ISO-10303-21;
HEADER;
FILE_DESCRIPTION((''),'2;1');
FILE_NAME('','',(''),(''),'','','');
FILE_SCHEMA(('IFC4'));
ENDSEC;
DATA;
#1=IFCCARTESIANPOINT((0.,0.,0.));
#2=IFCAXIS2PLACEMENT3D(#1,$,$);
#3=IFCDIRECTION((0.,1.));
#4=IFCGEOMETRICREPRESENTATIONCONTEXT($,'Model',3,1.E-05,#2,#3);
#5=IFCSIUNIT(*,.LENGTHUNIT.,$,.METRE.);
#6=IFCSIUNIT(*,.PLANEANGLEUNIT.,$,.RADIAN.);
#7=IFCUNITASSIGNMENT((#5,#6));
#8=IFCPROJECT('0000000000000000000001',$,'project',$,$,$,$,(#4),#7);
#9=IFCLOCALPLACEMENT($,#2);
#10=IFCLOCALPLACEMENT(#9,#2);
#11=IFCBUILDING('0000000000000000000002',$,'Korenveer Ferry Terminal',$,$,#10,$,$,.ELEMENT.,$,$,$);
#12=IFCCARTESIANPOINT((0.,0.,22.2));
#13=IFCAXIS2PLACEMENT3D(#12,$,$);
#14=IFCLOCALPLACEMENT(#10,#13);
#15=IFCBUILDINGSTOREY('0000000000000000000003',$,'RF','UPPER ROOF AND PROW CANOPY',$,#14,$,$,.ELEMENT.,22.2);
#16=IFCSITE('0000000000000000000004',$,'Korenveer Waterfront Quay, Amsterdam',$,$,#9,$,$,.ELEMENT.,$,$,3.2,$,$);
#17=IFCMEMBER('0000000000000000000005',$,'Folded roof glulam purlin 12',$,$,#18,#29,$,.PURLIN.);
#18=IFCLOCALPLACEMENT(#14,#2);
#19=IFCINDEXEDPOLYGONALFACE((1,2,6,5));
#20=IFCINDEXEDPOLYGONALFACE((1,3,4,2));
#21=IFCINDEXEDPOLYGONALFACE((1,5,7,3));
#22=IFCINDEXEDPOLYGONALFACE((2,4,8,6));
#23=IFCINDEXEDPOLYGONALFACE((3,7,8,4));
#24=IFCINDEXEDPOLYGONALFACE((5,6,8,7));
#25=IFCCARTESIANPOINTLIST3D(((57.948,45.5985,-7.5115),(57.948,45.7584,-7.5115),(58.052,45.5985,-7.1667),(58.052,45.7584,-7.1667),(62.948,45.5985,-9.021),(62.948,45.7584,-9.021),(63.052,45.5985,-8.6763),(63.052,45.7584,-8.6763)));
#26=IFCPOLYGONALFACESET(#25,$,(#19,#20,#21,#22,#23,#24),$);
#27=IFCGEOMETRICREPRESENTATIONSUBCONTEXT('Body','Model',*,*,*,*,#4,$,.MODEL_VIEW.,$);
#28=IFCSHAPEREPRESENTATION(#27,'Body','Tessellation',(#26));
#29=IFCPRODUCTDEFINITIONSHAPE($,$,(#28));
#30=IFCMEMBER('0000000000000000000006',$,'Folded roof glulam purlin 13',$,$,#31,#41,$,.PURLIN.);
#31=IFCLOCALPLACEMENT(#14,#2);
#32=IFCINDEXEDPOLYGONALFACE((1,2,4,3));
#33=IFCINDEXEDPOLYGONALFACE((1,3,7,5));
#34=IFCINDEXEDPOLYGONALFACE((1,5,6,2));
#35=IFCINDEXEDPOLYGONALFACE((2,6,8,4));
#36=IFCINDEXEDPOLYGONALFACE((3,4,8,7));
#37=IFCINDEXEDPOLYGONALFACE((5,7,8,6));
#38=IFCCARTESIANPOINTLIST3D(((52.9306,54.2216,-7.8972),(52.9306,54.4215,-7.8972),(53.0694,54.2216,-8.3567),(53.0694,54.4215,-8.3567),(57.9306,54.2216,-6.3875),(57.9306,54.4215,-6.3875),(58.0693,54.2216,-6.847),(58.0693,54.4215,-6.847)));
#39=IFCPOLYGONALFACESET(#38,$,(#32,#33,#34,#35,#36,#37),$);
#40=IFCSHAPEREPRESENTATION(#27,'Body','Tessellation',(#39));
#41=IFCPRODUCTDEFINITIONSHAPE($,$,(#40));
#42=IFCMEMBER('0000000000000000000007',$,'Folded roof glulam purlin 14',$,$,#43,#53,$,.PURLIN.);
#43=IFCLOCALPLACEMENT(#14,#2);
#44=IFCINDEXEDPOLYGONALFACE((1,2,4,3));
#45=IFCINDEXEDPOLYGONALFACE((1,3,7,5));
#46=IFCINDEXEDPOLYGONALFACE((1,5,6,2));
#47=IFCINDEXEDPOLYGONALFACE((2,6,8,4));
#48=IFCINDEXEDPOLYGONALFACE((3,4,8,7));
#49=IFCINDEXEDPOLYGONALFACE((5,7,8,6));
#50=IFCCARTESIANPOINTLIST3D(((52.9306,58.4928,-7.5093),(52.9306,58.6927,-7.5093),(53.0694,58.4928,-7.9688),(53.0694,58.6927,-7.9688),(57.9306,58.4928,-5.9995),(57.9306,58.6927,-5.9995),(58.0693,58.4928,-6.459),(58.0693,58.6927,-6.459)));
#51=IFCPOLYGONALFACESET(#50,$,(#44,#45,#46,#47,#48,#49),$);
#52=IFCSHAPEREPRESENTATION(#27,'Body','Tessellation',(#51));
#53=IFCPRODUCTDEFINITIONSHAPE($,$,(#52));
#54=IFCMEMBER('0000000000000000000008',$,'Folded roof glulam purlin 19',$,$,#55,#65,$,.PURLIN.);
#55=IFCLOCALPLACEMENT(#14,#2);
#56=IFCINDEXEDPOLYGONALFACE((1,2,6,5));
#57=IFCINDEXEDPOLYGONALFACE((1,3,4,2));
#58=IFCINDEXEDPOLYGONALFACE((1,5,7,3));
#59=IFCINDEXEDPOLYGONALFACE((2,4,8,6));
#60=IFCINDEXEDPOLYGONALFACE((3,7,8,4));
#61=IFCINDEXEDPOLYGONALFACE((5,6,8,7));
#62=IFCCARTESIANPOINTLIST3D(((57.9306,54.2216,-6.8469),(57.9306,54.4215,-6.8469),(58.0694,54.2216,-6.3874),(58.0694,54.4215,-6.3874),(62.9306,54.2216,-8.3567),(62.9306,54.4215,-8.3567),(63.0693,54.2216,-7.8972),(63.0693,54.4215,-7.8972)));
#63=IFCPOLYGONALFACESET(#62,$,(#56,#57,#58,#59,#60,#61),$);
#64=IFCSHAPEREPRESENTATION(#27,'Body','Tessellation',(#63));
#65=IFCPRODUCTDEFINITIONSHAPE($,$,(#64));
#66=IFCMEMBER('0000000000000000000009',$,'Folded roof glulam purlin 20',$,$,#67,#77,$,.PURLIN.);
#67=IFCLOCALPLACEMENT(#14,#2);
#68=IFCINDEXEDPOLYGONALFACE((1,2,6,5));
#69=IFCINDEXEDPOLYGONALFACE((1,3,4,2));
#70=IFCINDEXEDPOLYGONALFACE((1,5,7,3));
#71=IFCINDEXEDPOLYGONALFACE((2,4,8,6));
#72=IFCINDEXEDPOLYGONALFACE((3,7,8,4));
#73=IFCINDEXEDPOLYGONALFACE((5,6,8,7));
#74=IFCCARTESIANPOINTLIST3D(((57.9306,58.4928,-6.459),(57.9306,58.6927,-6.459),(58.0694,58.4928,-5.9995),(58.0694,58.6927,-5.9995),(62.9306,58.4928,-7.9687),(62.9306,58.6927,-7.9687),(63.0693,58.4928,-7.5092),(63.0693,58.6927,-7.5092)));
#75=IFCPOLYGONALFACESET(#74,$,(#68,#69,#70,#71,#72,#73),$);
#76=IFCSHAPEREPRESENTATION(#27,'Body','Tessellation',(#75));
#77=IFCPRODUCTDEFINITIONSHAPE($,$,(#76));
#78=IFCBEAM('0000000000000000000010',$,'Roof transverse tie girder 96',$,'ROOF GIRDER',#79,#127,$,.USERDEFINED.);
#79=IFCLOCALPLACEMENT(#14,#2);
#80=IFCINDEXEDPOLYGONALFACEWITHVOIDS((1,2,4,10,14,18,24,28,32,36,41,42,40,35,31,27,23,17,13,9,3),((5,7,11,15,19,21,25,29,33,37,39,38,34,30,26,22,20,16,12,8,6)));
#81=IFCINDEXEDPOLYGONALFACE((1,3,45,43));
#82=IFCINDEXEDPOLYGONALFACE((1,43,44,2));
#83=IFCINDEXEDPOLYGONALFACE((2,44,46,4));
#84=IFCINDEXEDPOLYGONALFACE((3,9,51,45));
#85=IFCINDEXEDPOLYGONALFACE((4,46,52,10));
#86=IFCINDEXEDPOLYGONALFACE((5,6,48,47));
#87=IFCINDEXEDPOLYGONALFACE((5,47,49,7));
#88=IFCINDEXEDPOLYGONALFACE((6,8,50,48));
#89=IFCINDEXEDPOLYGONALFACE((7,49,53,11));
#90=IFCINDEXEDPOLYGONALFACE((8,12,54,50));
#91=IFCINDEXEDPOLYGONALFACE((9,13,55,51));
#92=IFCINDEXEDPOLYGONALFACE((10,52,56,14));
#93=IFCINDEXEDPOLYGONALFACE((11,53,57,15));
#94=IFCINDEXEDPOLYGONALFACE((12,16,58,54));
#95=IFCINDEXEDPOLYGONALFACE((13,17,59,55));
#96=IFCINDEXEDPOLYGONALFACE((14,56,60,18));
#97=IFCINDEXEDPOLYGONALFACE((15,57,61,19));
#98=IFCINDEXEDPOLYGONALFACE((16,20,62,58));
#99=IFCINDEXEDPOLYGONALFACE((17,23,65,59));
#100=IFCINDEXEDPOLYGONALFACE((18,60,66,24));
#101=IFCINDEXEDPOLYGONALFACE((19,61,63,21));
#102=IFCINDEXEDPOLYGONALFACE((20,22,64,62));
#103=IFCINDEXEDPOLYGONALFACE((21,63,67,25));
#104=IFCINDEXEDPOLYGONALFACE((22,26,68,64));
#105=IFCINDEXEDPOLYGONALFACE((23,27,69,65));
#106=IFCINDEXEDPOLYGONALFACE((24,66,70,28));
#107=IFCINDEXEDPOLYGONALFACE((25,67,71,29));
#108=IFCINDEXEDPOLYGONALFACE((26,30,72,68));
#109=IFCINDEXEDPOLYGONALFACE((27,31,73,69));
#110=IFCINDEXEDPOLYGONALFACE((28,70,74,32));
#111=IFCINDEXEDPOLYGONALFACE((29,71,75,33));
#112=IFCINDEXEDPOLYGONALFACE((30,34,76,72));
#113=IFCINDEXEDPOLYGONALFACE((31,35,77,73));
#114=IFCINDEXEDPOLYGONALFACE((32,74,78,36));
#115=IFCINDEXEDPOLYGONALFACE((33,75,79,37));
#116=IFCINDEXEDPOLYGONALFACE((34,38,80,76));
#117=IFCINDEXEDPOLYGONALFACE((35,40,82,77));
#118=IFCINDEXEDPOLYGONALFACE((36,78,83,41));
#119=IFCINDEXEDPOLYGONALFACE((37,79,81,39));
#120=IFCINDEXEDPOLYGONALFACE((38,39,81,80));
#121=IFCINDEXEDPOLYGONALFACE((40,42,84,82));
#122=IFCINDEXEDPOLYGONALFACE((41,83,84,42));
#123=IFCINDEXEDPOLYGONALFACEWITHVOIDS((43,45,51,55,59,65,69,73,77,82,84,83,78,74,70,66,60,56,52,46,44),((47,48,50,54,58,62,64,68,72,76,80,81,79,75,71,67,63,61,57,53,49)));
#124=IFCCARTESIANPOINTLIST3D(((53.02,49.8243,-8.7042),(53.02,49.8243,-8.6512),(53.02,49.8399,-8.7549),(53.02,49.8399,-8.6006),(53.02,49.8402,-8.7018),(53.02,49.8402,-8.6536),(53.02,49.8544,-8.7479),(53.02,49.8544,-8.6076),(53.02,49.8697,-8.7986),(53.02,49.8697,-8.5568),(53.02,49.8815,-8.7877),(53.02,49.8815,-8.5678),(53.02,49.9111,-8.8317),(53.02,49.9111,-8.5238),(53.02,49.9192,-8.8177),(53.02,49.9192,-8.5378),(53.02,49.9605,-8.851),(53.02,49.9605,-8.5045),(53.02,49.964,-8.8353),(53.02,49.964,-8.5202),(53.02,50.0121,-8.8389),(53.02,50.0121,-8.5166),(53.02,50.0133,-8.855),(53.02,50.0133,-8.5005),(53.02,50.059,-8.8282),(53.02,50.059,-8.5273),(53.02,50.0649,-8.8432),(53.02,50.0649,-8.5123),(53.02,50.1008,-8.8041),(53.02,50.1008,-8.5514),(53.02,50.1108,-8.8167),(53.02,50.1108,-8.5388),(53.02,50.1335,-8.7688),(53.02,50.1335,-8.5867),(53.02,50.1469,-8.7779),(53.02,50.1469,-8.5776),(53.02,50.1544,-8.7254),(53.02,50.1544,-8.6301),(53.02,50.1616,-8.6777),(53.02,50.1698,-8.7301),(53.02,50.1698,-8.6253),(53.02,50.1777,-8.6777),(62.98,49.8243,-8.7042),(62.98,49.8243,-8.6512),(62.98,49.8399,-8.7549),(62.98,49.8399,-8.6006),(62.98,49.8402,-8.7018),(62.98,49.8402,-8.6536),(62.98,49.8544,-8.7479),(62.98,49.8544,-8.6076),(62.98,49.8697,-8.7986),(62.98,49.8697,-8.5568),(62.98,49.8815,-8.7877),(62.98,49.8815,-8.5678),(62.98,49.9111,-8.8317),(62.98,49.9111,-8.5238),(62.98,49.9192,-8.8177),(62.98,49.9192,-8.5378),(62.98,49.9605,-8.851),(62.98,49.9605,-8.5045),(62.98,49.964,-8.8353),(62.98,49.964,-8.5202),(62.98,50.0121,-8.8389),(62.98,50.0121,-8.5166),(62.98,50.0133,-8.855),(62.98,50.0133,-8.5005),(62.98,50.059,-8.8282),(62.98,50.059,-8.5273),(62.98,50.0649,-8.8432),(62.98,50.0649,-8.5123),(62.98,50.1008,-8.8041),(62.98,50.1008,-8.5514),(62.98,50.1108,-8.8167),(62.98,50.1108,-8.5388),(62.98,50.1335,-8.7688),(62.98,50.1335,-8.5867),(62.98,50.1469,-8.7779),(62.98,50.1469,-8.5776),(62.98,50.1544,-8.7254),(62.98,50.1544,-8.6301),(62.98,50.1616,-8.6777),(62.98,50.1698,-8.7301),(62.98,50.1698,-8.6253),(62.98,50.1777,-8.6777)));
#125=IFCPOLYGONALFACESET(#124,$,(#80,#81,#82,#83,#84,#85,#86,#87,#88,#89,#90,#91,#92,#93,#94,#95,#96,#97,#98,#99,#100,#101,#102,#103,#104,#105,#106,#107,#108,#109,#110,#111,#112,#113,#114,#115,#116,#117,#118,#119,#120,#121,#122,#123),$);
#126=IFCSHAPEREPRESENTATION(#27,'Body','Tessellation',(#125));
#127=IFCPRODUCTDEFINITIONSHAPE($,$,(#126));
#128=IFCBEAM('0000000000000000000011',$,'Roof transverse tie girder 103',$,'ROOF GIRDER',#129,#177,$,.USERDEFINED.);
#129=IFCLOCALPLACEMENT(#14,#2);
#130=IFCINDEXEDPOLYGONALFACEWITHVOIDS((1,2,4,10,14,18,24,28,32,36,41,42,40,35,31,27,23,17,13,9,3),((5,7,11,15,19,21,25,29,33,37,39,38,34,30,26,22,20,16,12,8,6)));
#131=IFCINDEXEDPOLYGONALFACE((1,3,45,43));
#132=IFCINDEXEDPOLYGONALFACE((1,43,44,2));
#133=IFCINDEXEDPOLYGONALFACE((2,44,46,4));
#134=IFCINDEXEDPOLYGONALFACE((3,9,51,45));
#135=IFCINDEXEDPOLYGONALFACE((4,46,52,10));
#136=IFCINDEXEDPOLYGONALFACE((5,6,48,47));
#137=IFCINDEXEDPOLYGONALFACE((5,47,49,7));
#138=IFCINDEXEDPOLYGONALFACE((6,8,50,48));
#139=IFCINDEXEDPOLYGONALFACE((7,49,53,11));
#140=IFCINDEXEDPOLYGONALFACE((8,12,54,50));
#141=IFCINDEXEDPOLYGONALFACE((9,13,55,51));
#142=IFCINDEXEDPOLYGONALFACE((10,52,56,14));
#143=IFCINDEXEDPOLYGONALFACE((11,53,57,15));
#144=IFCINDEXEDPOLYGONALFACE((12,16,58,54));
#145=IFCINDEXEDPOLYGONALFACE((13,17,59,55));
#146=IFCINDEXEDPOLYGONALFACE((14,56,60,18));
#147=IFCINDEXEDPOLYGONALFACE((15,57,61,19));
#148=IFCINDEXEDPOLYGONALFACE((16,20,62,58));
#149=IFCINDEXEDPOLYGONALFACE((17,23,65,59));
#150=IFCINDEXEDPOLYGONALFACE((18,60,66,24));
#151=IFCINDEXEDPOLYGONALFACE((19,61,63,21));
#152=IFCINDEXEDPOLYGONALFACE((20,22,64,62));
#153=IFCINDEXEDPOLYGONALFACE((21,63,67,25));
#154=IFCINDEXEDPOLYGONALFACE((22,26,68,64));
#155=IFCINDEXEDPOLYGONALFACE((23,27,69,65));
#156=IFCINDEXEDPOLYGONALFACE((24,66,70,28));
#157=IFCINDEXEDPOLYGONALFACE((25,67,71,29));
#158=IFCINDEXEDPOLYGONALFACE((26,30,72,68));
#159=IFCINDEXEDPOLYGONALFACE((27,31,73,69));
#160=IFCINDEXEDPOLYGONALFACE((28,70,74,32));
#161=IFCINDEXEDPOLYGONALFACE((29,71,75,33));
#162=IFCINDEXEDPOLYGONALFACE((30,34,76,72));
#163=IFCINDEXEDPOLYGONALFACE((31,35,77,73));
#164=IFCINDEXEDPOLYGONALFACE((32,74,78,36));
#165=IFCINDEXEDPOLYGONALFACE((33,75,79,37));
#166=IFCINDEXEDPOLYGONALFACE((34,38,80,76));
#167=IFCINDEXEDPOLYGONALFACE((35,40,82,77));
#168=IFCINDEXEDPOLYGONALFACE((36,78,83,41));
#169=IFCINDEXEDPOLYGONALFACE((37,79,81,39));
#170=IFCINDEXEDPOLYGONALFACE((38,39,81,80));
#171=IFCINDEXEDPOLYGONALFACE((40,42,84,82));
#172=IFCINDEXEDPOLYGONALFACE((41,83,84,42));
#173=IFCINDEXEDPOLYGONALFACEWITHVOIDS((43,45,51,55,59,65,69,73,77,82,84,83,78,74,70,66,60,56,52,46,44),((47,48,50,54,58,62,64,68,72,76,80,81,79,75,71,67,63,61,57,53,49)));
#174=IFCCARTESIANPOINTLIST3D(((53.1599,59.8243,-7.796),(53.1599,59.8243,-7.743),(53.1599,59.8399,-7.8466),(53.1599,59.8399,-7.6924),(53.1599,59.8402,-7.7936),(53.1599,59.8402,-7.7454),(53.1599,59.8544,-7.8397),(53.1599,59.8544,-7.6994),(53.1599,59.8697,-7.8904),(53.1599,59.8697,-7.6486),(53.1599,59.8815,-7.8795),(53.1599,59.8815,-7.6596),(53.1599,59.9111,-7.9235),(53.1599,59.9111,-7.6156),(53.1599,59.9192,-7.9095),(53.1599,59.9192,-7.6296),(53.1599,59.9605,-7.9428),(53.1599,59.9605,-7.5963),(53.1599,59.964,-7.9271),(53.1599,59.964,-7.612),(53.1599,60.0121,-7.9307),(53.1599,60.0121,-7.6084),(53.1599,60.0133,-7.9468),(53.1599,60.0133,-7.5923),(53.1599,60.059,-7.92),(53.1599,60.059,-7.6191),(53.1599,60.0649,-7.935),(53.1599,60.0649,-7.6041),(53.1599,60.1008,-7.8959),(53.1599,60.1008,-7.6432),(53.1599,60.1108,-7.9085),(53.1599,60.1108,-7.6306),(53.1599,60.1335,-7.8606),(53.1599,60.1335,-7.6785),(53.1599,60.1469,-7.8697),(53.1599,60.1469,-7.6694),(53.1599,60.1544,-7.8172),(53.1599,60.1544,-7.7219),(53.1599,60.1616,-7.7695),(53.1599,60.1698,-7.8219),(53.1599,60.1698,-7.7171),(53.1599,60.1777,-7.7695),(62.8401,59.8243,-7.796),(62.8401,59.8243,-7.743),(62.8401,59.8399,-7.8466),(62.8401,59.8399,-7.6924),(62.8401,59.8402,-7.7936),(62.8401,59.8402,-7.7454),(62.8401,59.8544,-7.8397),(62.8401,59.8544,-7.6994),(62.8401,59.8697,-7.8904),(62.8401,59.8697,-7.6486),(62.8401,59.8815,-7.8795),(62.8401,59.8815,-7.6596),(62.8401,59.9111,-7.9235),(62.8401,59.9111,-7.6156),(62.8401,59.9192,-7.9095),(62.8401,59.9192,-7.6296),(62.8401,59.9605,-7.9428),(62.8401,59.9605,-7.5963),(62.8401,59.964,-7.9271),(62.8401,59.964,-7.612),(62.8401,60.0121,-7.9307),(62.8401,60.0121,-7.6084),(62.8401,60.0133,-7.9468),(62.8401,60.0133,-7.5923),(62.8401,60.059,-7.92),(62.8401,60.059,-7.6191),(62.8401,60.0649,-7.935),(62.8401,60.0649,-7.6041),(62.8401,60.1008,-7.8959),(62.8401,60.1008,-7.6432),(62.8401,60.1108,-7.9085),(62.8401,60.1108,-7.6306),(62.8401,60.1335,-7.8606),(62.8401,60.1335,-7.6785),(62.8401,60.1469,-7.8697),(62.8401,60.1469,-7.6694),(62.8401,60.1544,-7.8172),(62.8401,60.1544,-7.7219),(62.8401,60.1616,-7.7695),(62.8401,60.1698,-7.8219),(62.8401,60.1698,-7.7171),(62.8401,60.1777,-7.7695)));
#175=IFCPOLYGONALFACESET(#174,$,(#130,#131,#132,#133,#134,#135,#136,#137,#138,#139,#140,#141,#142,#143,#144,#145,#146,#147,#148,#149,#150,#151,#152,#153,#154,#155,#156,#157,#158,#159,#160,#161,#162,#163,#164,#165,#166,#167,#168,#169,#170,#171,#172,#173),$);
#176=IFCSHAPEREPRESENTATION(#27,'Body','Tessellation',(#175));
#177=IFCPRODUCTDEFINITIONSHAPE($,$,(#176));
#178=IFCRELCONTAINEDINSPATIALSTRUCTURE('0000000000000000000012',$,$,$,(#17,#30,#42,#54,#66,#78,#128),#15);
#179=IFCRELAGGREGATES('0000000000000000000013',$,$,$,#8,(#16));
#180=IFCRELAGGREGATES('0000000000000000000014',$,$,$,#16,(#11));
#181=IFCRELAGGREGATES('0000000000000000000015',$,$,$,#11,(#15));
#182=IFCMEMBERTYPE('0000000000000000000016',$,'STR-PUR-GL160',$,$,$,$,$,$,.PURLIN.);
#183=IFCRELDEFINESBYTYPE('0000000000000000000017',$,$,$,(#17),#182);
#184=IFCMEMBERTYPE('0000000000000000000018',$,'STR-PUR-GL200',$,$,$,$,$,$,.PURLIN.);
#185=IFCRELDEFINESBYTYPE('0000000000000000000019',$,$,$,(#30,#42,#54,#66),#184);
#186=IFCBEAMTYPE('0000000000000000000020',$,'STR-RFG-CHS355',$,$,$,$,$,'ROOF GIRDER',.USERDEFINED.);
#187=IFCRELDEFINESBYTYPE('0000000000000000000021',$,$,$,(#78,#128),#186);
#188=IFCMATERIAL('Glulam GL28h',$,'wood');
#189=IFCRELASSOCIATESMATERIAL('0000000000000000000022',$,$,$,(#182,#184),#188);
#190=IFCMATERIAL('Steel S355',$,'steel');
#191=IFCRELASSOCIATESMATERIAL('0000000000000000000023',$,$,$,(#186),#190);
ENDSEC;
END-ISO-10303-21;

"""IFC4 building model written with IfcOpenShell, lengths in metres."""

from ifc_helpers import new_model, si_unit, direction, frame, origin, origin_2d, place, context, subcontext, project, spatial, rectangle, hollow_circle, extrude, material, material_profile, profile_set, type_object, element, save


model = new_model("IFC4")

# Units and contexts
model_context = context("Model", 3, precision=1e-05, world=origin(), true_north=direction((0.0, 1.0)))
body_context = subcontext(model_context, "Body", "Model", "MODEL_VIEW")
ifc_project = project(units=[si_unit("LENGTHUNIT", "METRE"), si_unit("PLANEANGLEUNIT", "RADIAN")], contexts=[model_context])

# Site, building, storey
site_placement = place(None, origin())
site = spatial("IfcSite", under=ifc_project, at=site_placement, Name="Korenveer Waterfront Quay, Amsterdam", CompositionType="ELEMENT", RefElevation=3.2)
building_placement = place(site_placement, origin())
building = spatial("IfcBuilding", under=site, at=building_placement, Name="Korenveer Ferry Terminal", CompositionType="ELEMENT")
storey_placement = place(building_placement, frame((0.0, 0.0, 22.2)))
storey = spatial("IfcBuildingStorey", under=building, at=storey_placement, Name="RF", Description="UPPER ROOF AND PROW CANOPY", CompositionType="ELEMENT", Elevation=22.2)

# Shared definitions
ifc_material_1 = material(Name="Steel S355", Category="steel")

# Members
ifc_material_2 = material(Name="Glulam GL28h", Category="wood")
ifc_material_profile_1 = material_profile(ifc_material_2, rectangle(XDim=0.1599, YDim=0.3601, at=origin_2d()), Name="GL 160x360")
ifc_profile_set_1 = profile_set([ifc_material_profile_1], Name="Glulam GL28h")
member_type_1 = type_object("IfcMemberType", Name="STR-PUR-GL160", PredefinedType="PURLIN", material=ifc_profile_set_1)
member_1_placement = place(storey_placement, frame((58.0, 45.6785, -7.3391), z_axis=(0.957323, 0.0, -0.28902), x_axis=(0.0, 1.0, 0.0)))
element("IfcMember", 1, at=member_1_placement, inside=storey, type_object=member_type_1, Name="Folded roof glulam purlin 12", PredefinedType="PURLIN", context=body_context, shape_type="SweptSolid", body=[
    extrude(rectangle(XDim=0.1599, YDim=0.3601, at=origin_2d()), origin(), (0.0, 0.0, 1.0), 5.2229),
])
ifc_material_profile_2 = material_profile(ifc_material_2, rectangle(XDim=0.2, YDim=0.48, at=origin_2d()), Name="GL 200x480")
ifc_profile_set_2 = profile_set([ifc_material_profile_2], Name="Glulam GL28h")
member_type_2 = type_object("IfcMemberType", Name="STR-PUR-GL200", PredefinedType="PURLIN", material=ifc_profile_set_2)
for number, where, z_axis, x_axis, name in (
    (2, (53.0, 54.3215, -8.127), (0.95731, 0.0, 0.289063), (0.0, 1.0, 0.0), "Folded roof glulam purlin 13"),
    (3, (53.0, 58.5928, -7.739), (0.95731, 0.0, 0.289063), (0.0, 1.0, 0.0), "Folded roof glulam purlin 14"),
    (4, (58.0, 54.3215, -6.6172), (0.95731, 0.0, -0.289063), (0.0, 1.0, 0.0), "Folded roof glulam purlin 19"),
    (5, (58.0, 58.5928, -6.2292), (0.95731, 0.0, -0.289063), (0.0, 1.0, 0.0), "Folded roof glulam purlin 20"),
):
    element("IfcMember", number, at=place(storey_placement, frame(where, z_axis=z_axis, x_axis=x_axis)), inside=storey, type_object=member_type_2, Name=name, PredefinedType="PURLIN", context=body_context, shape_type="SweptSolid", body=[
        extrude(rectangle(XDim=0.2, YDim=0.48, at=origin_2d()), origin(), (0.0, 0.0, 1.0), 5.2229),
    ])

# Beams
ifc_material_profile_3 = material_profile(ifc_material_1, hollow_circle(Radius=0.1777, WallThickness=0.0161, at=origin_2d()), Name="CHS 355.6x16")
ifc_profile_set_3 = profile_set([ifc_material_profile_3], Name="Steel S355")
beam_type_1 = type_object("IfcBeamType", Name="STR-RFG-CHS355", ElementType="ROOF GIRDER", PredefinedType="USERDEFINED", material=ifc_profile_set_3)
beam_1_placement = place(storey_placement, frame((53.02, 50.0, -8.6777), z_axis=(1.0, 0.0, 0.0), x_axis=(0.0, 1.0, 0.0)))
element("IfcBeam", 6, at=beam_1_placement, inside=storey, type_object=beam_type_1, Name="Roof transverse tie girder 96", ObjectType="ROOF GIRDER", PredefinedType="USERDEFINED", context=body_context, shape_type="SweptSolid", body=[
    extrude(hollow_circle(Radius=0.1777, WallThickness=0.0161, at=origin_2d()), origin(), (0.0, 0.0, 1.0), 9.96),
])
beam_2_placement = place(storey_placement, frame((53.1599, 60.0, -7.7695), z_axis=(1.0, 0.0, 0.0), x_axis=(0.0, 1.0, 0.0)))
element("IfcBeam", 7, at=beam_2_placement, inside=storey, type_object=beam_type_1, Name="Roof transverse tie girder 103", ObjectType="ROOF GIRDER", PredefinedType="USERDEFINED", context=body_context, shape_type="SweptSolid", body=[
    extrude(hollow_circle(Radius=0.1777, WallThickness=0.0161, at=origin_2d()), origin(), (0.0, 0.0, 1.0), 9.6802),
])

save(model, "model.ifc")
